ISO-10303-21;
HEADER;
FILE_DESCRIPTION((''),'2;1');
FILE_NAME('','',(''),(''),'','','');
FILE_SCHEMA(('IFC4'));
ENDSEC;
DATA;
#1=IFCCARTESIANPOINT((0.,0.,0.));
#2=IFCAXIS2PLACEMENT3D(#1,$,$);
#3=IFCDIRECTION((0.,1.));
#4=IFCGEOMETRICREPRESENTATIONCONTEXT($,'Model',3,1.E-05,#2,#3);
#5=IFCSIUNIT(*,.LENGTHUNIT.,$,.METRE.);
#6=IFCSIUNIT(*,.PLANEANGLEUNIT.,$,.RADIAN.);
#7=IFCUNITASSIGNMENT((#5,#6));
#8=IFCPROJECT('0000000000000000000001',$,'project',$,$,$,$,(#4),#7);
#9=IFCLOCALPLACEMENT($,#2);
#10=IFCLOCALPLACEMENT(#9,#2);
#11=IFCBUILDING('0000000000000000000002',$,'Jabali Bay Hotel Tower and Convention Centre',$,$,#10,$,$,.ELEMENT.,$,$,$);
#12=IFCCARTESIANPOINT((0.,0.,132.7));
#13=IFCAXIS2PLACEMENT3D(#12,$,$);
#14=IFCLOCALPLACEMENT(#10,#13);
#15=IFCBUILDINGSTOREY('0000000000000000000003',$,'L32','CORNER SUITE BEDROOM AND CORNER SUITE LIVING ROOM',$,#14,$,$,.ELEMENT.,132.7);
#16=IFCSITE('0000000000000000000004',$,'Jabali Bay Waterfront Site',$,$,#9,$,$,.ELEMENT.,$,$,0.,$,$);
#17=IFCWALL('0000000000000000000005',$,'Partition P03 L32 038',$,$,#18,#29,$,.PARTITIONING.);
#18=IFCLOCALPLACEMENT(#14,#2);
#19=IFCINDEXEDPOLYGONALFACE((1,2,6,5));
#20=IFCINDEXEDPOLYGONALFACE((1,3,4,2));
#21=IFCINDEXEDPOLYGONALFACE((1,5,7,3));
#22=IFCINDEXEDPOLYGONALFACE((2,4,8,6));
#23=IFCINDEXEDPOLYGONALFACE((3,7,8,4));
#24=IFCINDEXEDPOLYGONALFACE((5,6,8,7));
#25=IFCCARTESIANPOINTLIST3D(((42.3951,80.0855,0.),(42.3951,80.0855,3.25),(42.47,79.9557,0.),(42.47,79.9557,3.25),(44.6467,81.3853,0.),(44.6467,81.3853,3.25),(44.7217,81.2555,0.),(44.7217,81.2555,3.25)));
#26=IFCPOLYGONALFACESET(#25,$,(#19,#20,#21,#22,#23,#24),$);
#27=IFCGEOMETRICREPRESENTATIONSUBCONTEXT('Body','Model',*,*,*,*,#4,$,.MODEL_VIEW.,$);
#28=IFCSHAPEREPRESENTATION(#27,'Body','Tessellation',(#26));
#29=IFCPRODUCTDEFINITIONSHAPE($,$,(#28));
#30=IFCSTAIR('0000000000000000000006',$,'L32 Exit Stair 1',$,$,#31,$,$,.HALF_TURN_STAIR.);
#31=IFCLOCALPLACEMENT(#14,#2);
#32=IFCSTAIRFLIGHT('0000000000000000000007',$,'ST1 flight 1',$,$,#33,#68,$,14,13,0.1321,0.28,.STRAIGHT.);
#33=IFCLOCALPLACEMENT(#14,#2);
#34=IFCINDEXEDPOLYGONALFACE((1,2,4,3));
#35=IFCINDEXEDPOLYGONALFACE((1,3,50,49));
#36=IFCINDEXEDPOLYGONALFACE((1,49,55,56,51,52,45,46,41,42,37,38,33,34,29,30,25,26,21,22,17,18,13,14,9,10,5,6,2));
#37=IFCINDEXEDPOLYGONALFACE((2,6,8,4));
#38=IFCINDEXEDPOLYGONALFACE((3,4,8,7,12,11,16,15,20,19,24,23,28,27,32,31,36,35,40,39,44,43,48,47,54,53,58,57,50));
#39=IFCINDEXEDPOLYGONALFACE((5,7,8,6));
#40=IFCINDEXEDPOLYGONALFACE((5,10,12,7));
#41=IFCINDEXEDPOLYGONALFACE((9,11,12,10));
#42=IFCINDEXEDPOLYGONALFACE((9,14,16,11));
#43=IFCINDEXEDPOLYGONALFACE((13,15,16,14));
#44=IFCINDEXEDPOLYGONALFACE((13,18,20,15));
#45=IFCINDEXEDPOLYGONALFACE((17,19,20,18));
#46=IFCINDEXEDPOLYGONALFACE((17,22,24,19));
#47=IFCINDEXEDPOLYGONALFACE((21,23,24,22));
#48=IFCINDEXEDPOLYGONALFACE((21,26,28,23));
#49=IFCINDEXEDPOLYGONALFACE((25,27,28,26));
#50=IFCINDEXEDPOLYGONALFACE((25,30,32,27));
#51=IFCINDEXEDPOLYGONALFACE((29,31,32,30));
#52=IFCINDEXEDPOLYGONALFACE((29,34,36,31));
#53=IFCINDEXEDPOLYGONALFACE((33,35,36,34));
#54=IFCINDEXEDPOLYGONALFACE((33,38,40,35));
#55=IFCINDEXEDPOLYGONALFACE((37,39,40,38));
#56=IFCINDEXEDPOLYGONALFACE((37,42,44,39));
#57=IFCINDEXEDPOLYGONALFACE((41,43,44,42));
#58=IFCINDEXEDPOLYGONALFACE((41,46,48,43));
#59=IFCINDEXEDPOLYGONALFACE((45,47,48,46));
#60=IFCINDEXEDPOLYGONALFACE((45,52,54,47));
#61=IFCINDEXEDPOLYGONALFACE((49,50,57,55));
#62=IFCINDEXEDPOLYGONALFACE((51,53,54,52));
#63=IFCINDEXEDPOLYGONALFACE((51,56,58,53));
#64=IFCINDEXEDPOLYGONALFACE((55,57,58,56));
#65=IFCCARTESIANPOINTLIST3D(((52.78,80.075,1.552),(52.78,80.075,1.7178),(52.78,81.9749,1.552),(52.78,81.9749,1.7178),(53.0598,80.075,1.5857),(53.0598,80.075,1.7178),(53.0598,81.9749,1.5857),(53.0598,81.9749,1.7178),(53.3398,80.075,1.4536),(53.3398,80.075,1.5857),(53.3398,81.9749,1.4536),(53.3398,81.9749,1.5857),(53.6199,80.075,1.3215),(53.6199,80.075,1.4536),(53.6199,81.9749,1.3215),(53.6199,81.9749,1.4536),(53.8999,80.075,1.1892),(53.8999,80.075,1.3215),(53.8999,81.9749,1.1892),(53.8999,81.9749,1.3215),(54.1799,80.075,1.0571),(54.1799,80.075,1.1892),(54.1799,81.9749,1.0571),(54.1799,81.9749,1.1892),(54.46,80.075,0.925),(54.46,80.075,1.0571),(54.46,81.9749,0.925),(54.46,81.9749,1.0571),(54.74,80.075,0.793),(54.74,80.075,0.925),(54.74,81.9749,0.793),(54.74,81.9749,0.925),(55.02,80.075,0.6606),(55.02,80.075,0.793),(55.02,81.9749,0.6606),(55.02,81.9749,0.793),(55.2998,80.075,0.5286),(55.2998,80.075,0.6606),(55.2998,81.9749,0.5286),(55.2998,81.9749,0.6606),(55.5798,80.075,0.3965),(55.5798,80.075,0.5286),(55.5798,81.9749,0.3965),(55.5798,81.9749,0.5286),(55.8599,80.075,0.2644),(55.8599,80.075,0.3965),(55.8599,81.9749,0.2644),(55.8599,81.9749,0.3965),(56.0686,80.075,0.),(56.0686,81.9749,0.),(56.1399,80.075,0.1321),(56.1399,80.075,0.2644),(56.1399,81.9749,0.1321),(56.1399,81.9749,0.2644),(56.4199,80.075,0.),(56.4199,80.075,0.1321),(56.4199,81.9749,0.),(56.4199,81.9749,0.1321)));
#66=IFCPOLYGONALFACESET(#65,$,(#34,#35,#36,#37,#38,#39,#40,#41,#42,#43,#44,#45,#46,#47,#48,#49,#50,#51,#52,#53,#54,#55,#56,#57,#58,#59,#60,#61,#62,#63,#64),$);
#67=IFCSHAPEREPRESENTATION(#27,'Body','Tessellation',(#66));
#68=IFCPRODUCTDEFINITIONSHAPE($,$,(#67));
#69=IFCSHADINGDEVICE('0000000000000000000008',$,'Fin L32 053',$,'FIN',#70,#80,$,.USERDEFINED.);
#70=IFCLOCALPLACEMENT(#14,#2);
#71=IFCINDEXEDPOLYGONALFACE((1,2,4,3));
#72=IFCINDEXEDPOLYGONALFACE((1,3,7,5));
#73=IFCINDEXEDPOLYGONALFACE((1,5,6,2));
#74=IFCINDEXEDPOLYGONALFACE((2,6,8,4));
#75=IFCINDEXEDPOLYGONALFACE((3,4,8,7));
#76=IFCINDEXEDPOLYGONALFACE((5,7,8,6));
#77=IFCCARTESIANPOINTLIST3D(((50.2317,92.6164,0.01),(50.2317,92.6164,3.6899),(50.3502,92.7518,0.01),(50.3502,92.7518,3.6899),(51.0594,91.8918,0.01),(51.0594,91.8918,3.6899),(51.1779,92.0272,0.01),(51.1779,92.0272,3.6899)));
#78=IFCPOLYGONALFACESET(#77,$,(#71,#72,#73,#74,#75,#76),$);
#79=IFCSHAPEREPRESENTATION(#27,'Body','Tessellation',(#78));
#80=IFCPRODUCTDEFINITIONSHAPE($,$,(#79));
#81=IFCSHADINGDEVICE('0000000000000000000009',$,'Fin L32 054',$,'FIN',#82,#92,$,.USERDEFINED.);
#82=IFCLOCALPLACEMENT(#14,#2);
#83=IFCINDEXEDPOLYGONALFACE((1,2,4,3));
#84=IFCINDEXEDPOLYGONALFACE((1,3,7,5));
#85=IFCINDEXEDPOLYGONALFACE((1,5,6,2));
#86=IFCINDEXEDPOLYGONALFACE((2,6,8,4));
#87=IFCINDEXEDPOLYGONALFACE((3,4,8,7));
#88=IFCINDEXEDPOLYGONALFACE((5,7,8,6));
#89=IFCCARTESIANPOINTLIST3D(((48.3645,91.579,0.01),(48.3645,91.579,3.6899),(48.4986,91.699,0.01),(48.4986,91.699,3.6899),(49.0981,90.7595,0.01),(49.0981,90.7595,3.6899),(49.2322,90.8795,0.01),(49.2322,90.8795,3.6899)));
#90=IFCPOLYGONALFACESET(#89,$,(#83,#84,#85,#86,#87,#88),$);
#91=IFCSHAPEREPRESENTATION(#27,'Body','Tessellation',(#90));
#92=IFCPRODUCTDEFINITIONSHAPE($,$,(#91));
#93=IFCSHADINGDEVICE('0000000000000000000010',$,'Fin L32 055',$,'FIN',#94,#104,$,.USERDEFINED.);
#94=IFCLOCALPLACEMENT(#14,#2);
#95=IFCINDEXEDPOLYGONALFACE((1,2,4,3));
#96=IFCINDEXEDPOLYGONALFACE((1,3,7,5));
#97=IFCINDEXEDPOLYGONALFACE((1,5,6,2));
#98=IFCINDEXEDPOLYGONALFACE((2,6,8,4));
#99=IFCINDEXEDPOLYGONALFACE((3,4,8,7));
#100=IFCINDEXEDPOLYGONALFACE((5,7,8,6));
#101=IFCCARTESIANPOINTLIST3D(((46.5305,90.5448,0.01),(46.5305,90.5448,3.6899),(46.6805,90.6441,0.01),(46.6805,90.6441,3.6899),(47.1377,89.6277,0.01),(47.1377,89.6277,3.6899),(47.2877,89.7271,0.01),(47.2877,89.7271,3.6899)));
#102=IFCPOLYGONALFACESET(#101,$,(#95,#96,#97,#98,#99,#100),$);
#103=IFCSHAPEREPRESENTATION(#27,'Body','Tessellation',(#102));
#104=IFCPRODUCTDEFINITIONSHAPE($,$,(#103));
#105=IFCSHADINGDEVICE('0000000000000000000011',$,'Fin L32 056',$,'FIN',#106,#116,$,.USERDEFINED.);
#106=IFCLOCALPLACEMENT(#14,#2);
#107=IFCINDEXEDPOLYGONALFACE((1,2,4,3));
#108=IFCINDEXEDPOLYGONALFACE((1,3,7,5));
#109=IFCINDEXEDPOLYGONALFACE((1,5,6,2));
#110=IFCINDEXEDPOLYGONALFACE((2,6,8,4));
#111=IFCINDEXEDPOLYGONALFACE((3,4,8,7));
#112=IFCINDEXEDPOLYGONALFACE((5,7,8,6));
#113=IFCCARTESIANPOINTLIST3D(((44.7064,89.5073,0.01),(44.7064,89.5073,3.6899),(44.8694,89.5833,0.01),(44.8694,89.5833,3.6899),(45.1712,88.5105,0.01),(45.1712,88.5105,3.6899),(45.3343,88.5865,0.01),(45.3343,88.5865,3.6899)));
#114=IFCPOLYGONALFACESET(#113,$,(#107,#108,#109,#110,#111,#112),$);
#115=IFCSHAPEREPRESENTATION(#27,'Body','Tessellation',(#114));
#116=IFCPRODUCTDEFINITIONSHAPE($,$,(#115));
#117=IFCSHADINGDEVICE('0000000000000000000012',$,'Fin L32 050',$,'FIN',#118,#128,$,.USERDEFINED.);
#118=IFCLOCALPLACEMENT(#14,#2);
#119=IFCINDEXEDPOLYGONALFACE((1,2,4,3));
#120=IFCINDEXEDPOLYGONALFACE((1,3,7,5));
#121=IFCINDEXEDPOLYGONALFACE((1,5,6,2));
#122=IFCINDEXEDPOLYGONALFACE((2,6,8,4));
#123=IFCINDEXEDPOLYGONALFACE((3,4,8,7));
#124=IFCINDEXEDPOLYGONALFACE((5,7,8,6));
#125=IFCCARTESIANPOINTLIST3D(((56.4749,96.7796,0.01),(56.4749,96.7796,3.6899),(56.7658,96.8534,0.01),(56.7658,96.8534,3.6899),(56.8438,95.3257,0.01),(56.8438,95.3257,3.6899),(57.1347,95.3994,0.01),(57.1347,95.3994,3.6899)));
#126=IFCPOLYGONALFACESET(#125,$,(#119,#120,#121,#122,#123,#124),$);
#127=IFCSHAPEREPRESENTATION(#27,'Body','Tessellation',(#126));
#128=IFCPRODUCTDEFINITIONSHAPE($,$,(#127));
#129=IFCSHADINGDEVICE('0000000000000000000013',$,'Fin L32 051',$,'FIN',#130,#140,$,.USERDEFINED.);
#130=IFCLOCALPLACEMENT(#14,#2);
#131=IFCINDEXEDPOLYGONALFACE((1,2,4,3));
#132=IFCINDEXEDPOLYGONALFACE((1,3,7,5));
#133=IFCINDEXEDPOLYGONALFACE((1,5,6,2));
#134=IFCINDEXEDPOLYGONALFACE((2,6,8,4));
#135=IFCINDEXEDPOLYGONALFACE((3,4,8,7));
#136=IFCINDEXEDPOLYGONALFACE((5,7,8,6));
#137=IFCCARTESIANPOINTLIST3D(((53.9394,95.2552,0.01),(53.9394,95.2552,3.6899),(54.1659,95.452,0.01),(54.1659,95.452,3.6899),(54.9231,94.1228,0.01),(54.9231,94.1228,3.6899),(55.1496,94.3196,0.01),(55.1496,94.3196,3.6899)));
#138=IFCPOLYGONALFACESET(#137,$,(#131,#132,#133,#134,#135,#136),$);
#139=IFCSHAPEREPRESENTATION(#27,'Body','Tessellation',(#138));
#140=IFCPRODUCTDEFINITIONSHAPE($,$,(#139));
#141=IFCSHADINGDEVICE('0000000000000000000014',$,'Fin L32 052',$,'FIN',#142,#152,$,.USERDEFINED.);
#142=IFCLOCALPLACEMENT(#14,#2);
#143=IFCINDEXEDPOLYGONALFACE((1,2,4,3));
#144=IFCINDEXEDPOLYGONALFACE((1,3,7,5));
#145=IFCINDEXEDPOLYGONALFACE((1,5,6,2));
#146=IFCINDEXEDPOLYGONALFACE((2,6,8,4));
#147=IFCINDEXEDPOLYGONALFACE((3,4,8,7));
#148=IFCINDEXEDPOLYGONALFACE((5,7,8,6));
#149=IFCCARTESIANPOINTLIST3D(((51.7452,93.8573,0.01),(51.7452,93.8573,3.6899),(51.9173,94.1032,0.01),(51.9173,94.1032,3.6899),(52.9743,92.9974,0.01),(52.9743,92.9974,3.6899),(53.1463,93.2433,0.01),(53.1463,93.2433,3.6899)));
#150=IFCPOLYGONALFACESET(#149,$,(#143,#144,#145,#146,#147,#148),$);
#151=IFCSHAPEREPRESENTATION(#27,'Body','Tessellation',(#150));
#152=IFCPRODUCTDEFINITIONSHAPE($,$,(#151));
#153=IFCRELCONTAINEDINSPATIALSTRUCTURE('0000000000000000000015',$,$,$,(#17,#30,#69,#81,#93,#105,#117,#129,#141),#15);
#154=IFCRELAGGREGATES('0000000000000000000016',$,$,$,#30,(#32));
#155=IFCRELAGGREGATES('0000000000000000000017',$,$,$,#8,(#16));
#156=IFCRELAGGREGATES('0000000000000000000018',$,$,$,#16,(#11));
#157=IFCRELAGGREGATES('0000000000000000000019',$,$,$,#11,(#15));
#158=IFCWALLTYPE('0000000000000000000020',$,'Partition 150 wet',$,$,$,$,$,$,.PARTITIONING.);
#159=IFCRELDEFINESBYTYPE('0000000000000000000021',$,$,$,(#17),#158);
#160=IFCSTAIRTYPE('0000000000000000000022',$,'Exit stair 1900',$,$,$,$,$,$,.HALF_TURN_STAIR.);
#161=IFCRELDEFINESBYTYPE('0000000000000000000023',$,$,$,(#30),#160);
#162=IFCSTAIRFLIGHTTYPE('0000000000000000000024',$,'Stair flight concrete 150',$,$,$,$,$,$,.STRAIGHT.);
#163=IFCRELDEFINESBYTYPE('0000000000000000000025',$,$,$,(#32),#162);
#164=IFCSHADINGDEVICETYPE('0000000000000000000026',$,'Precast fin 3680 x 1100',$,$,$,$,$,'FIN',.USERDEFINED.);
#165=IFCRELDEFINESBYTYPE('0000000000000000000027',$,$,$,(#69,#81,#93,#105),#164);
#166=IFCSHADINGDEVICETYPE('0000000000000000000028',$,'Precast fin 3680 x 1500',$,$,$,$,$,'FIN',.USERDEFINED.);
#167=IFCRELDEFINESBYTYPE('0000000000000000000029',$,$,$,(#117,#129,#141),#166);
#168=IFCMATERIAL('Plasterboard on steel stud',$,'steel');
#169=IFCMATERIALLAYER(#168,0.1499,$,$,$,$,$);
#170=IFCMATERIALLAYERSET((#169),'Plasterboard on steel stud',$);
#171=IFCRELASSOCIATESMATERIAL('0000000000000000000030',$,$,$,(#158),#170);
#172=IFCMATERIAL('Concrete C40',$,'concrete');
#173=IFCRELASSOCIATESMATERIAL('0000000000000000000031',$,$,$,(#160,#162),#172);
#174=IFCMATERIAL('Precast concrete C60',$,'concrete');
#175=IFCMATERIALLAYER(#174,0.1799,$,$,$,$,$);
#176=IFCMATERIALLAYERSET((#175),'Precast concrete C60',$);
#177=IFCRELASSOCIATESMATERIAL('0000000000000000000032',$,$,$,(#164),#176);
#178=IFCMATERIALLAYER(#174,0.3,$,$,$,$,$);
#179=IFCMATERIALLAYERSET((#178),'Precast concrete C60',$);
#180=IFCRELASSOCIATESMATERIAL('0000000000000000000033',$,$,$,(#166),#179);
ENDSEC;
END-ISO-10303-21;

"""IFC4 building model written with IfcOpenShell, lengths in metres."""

from ifc_helpers import new_model, si_unit, direction, frame, frame_2d, origin, place, context, subcontext, project, spatial, polyline, rectangle, outline, extrude, material, layer, layer_set, type_object, element, aggregate, save


model = new_model("IFC4")

# Units and contexts
model_context = context("Model", 3, precision=1e-05, world=origin(), true_north=direction((0.0, 1.0)))
body_context = subcontext(model_context, "Body", "Model", "MODEL_VIEW")
ifc_project = project(units=[si_unit("LENGTHUNIT", "METRE"), si_unit("PLANEANGLEUNIT", "RADIAN")], contexts=[model_context])

# Site, building, storey
site_placement = place(None, origin())
site = spatial("IfcSite", under=ifc_project, at=site_placement, Name="Jabali Bay Waterfront Site", CompositionType="ELEMENT", RefElevation=0.0)
building_placement = place(site_placement, origin())
building = spatial("IfcBuilding", under=site, at=building_placement, Name="Jabali Bay Hotel Tower and Convention Centre", CompositionType="ELEMENT")
storey_placement = place(building_placement, frame((0.0, 0.0, 132.7)))
storey = spatial("IfcBuildingStorey", under=building, at=storey_placement, Name="L32", Description="CORNER SUITE BEDROOM AND CORNER SUITE LIVING ROOM", CompositionType="ELEMENT", Elevation=132.7)

# Shared definitions
ifc_material_1 = material(Name="Concrete C40", Category="concrete")

# Wall
ifc_material_2 = material(Name="Plasterboard on steel stud", Category="steel")
ifc_layer_1 = layer(ifc_material_2, 0.1499)
ifc_layer_set_1 = layer_set([ifc_layer_1], Name="Plasterboard on steel stud")
wall_type_1 = type_object("IfcWallType", Name="Partition 150 wet", PredefinedType="PARTITIONING", material=ifc_layer_set_1)
wall_1_placement = place(storey_placement, frame((44.6841, 81.3203, 0.0), z_axis=(0.0, 0.0, 1.0), x_axis=(-0.866062, -0.499937, 0.0)))
element("IfcWall", 1, at=wall_1_placement, inside=storey, type_object=wall_type_1, Name="Partition P03 L32 038", PredefinedType="PARTITIONING", context=body_context, shape_type="SweptSolid", body=[
    extrude(rectangle(XDim=2.5999, YDim=0.1499, at=frame_2d((1.2998, 0.0))), origin(), (0.0, 0.0, 1.0), 3.25),
])

# Stair, stair flight
stair_type = type_object("IfcStairType", Name="Exit stair 1900", PredefinedType="HALF_TURN_STAIR", material=ifc_material_1)
stair_placement = place(storey_placement, origin())
stair = element("IfcStair", 2, at=stair_placement, inside=storey, type_object=stair_type, Name="L32 Exit Stair 1", PredefinedType="HALF_TURN_STAIR")
stair_flight_type = type_object("IfcStairFlightType", Name="Stair flight concrete 150", PredefinedType="STRAIGHT", material=ifc_material_1)
stair_flight_placement = place(storey_placement, frame((56.4199, 81.0249, 0.0), z_axis=(0.0, 0.0, 1.0), x_axis=(-1.0, 0.0, 0.0)))
stair_flight = element("IfcStairFlight", 3, at=stair_flight_placement, type_object=stair_flight_type, Name="ST1 flight 1", NumberOfRisers=14, NumberOfTreads=13, PredefinedType="STRAIGHT", RiserHeight=0.1321, TreadLength=0.28, context=body_context, shape_type="SweptSolid", body=[
    extrude(outline(polyline([(0.0, 0.0), (0.0, 0.1321), (0.28, 0.1321), (0.28, 0.2644), (0.5601, 0.2644), (0.5601, 0.3965), (0.8401, 0.3965), (0.8401, 0.5286), (1.1201, 0.5286), (1.1201, 0.6606), (1.3999, 0.6606), (1.3999, 0.793), (1.6799, 0.793), (1.6799, 0.925), (1.96, 0.925), (1.96, 1.0571), (2.24, 1.0571), (2.24, 1.1892), (2.52, 1.1892), (2.52, 1.3215), (2.8, 1.3215), (2.8, 1.4536), (3.0801, 1.4536), (3.0801, 1.5857), (3.3601, 1.5857), (3.3601, 1.7178), (3.6399, 1.7178), (3.6399, 1.8501), (3.6399, 1.552), (0.3513, 0.0), (0.0, 0.0)])), frame((0.0, 0.95, 0.0), z_axis=(0.0, -1.0, 0.0), x_axis=(1.0, 0.0, 0.0)), (0.0, 0.0, 1.0), 1.8999),
])
aggregate(stair, [stair_flight])

# Shading devices
ifc_material_3 = material(Name="Precast concrete C60", Category="concrete")
ifc_layer_2 = layer(ifc_material_3, 0.1799)
ifc_layer_set_2 = layer_set([ifc_layer_2], Name="Precast concrete C60")
shading_device_type_1 = type_object("IfcShadingDeviceType", Name="Precast fin 3680 x 1100", ElementType="FIN", PredefinedType="USERDEFINED", material=ifc_layer_set_2)
shading_device_placement = place(storey_placement, frame((51.1187, 91.9595, 0.01), z_axis=(0.0, 0.0, 1.0), x_axis=(-0.752384, 0.658725, 0.0)))
element("IfcShadingDevice", 4, at=shading_device_placement, inside=storey, type_object=shading_device_type_1, Name="Fin L32 053", ObjectType="FIN", PredefinedType="USERDEFINED", context=body_context, shape_type="SweptSolid", body=[
    extrude(rectangle(XDim=1.1001, YDim=0.1799, at=frame_2d((0.55, 0.0))), origin(), (0.0, 0.0, 1.0), 3.6799),
])
for number, where, z_axis, x_axis, name in (
    (5, (49.165, 90.8196, 0.01), (0.0, 0.0, 1.0), (-0.666964, 0.74509, 0.0), "Fin L32 054"),
    (6, (47.2126, 89.6775, 0.01), (0.0, 0.0, 1.0), (-0.552085, 0.833788, 0.0), "Fin L32 055"),
    (7, (45.2527, 88.5486, 0.01), (0.0, 0.0, 1.0), (-0.42263, 0.906302, 0.0), "Fin L32 056"),
):
    element("IfcShadingDevice", number, at=place(storey_placement, frame(where, z_axis=z_axis, x_axis=x_axis)), inside=storey, type_object=shading_device_type_1, Name=name, ObjectType="FIN", PredefinedType="USERDEFINED", context=body_context, shape_type="SweptSolid", body=[
        extrude(rectangle(XDim=1.0999, YDim=0.1799, at=frame_2d((0.5498, 0.0))), origin(), (0.0, 0.0, 1.0), 3.6799),
    ])
ifc_layer_3 = layer(ifc_material_3, 0.3)
ifc_layer_set_3 = layer_set([ifc_layer_3], Name="Precast concrete C60")
shading_device_type_2 = type_object("IfcShadingDeviceType", Name="Precast fin 3680 x 1500", ElementType="FIN", PredefinedType="USERDEFINED", material=ifc_layer_set_3)
for number, where, z_axis, x_axis, name in (
    (8, (56.9893, 95.3625, 0.01), (0.0, 0.0, 1.0), (-0.245943, 0.969284, 0.0), "Fin L32 050"),
    (9, (55.0364, 94.2212, 0.01), (0.0, 0.0, 1.0), (-0.655804, 0.754931, 0.0), "Fin L32 051"),
    (10, (53.0603, 93.1204, 0.01), (0.0, 0.0, 1.0), (-0.81937, 0.573266, 0.0), "Fin L32 052"),
):
    element("IfcShadingDevice", number, at=place(storey_placement, frame(where, z_axis=z_axis, x_axis=x_axis)), inside=storey, type_object=shading_device_type_2, Name=name, ObjectType="FIN", PredefinedType="USERDEFINED", context=body_context, shape_type="SweptSolid", body=[
        extrude(rectangle(XDim=1.5, YDim=0.3, at=frame_2d((0.75, 0.0))), origin(), (0.0, 0.0, 1.0), 3.6799),
    ])

save(model, "model.ifc")
